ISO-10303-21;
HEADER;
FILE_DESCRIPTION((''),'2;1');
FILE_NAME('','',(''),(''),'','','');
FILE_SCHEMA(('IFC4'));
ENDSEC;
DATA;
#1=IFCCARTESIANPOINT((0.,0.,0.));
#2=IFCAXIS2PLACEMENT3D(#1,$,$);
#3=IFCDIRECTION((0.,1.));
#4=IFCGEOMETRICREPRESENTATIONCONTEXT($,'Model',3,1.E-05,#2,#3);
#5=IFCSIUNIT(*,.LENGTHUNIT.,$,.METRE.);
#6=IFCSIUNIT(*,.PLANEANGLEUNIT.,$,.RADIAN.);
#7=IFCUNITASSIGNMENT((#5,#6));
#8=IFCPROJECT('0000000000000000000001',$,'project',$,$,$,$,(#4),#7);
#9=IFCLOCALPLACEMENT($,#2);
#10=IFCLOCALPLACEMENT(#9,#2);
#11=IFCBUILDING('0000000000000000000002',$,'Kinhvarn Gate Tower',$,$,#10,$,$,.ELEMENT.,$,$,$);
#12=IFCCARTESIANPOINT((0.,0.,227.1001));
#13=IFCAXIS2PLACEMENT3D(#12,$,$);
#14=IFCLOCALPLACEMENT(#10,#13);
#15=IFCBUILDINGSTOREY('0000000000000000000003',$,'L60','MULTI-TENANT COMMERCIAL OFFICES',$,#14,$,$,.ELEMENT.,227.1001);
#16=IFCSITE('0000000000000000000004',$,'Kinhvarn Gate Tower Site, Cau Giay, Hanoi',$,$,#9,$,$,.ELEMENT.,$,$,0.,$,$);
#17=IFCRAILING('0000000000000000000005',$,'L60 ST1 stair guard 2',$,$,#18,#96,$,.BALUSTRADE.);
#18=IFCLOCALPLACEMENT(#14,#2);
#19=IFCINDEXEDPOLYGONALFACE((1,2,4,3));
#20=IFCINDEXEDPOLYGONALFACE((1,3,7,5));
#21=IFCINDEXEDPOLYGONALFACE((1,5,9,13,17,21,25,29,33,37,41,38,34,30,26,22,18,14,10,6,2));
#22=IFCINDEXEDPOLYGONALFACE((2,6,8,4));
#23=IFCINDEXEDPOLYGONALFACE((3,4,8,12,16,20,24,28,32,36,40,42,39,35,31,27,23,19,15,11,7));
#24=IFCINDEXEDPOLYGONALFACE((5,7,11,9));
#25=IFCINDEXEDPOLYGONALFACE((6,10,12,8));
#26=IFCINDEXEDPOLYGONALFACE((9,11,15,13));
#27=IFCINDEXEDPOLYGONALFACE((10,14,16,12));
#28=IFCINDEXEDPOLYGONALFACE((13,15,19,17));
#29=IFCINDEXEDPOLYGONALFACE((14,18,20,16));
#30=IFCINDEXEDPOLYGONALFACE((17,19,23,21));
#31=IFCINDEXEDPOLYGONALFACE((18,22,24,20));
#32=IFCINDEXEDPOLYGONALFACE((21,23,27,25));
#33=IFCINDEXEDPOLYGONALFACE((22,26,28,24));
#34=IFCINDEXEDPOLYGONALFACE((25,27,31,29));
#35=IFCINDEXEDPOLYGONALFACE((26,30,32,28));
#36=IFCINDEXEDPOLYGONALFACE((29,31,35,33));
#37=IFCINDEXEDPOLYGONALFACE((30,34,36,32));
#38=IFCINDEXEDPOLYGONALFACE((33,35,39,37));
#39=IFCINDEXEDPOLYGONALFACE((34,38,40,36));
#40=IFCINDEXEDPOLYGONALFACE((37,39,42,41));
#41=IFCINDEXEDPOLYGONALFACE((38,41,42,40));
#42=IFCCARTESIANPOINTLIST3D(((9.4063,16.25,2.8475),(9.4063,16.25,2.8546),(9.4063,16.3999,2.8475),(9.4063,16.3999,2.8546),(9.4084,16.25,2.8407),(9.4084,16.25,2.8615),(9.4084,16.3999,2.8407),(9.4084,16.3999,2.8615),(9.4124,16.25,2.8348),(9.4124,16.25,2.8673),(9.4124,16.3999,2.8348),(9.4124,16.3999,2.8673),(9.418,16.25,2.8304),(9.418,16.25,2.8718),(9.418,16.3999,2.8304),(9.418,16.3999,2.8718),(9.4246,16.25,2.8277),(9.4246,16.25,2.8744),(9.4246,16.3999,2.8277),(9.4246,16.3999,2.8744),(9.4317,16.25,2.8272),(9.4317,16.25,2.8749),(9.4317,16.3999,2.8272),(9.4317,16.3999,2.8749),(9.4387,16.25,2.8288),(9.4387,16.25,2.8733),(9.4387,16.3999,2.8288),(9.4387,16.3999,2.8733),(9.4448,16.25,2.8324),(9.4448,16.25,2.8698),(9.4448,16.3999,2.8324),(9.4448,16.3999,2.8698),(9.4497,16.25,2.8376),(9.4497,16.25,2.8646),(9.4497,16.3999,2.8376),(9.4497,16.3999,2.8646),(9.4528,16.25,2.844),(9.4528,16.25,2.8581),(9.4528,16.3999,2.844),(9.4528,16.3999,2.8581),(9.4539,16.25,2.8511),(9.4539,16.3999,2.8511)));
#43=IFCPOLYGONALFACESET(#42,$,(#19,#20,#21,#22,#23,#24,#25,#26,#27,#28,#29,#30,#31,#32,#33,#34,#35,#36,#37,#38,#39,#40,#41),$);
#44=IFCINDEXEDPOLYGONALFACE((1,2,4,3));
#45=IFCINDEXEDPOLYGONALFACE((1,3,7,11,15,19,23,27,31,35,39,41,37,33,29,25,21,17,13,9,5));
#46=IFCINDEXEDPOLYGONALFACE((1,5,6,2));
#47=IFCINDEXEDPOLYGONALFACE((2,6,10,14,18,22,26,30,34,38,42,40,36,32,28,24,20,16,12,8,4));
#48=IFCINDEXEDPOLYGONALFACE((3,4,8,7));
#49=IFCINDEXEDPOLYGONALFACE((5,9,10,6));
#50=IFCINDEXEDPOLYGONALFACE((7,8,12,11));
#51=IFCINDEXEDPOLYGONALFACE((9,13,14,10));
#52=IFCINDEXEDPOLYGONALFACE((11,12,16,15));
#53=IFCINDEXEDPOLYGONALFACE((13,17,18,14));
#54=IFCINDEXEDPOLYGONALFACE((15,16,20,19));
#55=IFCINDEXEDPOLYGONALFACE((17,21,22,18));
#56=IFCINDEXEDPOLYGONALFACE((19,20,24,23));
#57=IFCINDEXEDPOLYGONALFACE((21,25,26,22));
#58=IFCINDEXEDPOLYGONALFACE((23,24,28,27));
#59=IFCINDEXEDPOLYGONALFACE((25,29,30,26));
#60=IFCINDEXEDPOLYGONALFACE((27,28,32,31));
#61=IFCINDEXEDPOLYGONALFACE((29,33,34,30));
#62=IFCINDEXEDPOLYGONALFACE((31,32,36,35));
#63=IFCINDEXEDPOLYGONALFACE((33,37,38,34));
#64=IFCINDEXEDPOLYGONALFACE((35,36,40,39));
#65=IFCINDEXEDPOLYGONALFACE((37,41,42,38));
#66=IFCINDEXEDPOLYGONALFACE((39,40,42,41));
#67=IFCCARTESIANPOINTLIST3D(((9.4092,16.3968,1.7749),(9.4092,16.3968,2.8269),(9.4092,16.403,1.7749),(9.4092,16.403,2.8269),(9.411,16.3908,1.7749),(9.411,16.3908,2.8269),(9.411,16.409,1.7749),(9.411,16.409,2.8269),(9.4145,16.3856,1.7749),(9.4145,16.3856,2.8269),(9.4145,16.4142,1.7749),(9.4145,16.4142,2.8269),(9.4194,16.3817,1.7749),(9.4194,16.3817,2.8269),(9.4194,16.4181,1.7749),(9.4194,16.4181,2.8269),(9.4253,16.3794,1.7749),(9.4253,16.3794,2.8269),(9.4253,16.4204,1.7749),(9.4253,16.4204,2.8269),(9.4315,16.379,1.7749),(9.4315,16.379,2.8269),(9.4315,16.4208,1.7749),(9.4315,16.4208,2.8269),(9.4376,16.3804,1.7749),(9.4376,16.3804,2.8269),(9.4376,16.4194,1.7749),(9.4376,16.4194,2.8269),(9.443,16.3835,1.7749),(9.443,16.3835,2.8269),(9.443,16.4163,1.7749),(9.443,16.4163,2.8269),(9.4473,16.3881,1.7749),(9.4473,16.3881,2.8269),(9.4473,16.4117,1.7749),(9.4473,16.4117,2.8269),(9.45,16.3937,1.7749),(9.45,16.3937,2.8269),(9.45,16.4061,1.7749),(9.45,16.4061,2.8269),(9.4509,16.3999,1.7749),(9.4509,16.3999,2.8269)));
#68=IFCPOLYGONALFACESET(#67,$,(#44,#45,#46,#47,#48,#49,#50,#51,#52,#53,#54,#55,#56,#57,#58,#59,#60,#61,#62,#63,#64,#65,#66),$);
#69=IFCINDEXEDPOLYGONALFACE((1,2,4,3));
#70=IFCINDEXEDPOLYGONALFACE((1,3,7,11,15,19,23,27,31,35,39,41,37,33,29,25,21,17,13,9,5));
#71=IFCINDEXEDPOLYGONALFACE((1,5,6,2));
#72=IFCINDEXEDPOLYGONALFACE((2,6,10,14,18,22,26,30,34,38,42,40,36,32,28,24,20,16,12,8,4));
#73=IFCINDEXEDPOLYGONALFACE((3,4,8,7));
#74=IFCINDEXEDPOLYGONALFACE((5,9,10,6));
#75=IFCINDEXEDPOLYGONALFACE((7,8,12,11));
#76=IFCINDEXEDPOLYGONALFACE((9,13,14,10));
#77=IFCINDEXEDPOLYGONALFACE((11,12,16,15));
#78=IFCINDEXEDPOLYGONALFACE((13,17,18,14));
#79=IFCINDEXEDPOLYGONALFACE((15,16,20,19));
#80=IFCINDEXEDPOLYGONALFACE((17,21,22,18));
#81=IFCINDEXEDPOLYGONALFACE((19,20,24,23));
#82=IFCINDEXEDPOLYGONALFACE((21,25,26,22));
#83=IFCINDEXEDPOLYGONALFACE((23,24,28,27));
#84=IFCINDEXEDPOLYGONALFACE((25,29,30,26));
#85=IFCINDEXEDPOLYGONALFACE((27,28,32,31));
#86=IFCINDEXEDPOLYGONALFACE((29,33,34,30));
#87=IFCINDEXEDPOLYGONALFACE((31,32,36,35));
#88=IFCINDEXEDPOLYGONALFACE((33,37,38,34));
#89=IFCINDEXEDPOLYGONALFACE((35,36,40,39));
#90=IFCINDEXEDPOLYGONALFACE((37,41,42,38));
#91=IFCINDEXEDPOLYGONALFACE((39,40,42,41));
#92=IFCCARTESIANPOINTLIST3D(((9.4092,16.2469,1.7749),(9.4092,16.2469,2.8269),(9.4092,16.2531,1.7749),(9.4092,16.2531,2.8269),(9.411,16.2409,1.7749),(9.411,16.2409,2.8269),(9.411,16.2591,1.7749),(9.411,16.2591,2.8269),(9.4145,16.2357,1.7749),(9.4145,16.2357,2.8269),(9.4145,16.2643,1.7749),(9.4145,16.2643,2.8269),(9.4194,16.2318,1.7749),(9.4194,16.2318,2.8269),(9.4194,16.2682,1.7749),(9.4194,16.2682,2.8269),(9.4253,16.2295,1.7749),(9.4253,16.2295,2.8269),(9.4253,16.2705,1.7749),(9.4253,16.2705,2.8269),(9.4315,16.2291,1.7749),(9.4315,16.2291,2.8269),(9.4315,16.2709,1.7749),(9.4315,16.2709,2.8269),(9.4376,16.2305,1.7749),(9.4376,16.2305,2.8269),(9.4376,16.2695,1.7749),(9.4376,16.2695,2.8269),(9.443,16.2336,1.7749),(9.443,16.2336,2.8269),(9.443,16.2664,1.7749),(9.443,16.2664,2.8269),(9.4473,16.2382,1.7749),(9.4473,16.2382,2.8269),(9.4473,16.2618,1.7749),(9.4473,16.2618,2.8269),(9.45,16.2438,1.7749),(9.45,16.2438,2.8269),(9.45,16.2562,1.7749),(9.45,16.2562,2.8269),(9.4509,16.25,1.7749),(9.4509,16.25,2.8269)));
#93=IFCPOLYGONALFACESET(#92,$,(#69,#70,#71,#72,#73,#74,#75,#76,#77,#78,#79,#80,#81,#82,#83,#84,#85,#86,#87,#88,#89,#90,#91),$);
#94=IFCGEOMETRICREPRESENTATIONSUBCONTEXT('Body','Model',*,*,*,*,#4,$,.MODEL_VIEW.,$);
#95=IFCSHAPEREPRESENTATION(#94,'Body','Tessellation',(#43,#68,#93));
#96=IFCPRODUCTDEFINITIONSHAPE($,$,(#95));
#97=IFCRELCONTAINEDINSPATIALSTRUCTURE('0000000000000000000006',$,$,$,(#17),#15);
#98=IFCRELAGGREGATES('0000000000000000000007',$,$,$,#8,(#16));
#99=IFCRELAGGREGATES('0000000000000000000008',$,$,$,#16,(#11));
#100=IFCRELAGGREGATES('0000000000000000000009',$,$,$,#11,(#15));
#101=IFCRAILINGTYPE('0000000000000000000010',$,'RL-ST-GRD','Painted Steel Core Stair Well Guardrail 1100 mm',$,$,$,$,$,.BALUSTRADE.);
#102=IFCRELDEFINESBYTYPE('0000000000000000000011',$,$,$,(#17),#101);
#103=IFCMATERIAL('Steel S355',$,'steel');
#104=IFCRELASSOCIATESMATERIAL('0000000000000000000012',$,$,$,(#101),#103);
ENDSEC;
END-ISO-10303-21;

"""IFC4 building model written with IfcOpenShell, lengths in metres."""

from ifc_helpers import new_model, si_unit, direction, frame, origin, origin_2d, place, context, subcontext, project, spatial, circle, extrude, material, type_object, element, save


model = new_model("IFC4")

# Units and contexts
model_context = context("Model", 3, precision=1e-05, world=origin(), true_north=direction((0.0, 1.0)))
body_context = subcontext(model_context, "Body", "Model", "MODEL_VIEW")
ifc_project = project(units=[si_unit("LENGTHUNIT", "METRE"), si_unit("PLANEANGLEUNIT", "RADIAN")], contexts=[model_context])

# Site, building, storey
site_placement = place(None, origin())
site = spatial("IfcSite", under=ifc_project, at=site_placement, Name="Kinhvarn Gate Tower Site, Cau Giay, Hanoi", CompositionType="ELEMENT", RefElevation=0.0)
building_placement = place(site_placement, origin())
building = spatial("IfcBuilding", under=site, at=building_placement, Name="Kinhvarn Gate Tower", CompositionType="ELEMENT")
storey_placement = place(building_placement, frame((0.0, 0.0, 227.1001)))
storey = spatial("IfcBuildingStorey", under=building, at=storey_placement, Name="L60", Description="MULTI-TENANT COMMERCIAL OFFICES", CompositionType="ELEMENT", Elevation=227.1001)

# Shared definitions
ifc_material_1 = material(Name="Steel S355", Category="steel")

# Railing
railing_type_1 = type_object("IfcRailingType", Name="RL-ST-GRD", Description="Painted Steel Core Stair Well Guardrail 1100 mm", PredefinedType="BALUSTRADE", material=ifc_material_1)
railing_1_placement = place(storey_placement, frame((9.4299, 16.3999, 1.7749)))
element("IfcRailing", 1, at=railing_1_placement, inside=storey, type_object=railing_type_1, Name="L60 ST1 stair guard 2", PredefinedType="BALUSTRADE", context=body_context, shape_type="SweptSolid", body=[
    extrude(circle(Radius=0.0239, at=origin_2d()), frame((0.0, 0.0, 1.0762), z_axis=(0.0, -1.0, 0.0), x_axis=(1.0, 0.0, 0.0)), (0.0, 0.0, 1.0), 0.1499),
    extrude(circle(Radius=0.021, at=origin_2d()), origin(), (0.0, 0.0, 1.0), 1.052),
    extrude(circle(Radius=0.021, at=origin_2d()), frame((0.0, -0.1499, 0.0)), (0.0, 0.0, 1.0), 1.052),
])

save(model, "model.ifc")
